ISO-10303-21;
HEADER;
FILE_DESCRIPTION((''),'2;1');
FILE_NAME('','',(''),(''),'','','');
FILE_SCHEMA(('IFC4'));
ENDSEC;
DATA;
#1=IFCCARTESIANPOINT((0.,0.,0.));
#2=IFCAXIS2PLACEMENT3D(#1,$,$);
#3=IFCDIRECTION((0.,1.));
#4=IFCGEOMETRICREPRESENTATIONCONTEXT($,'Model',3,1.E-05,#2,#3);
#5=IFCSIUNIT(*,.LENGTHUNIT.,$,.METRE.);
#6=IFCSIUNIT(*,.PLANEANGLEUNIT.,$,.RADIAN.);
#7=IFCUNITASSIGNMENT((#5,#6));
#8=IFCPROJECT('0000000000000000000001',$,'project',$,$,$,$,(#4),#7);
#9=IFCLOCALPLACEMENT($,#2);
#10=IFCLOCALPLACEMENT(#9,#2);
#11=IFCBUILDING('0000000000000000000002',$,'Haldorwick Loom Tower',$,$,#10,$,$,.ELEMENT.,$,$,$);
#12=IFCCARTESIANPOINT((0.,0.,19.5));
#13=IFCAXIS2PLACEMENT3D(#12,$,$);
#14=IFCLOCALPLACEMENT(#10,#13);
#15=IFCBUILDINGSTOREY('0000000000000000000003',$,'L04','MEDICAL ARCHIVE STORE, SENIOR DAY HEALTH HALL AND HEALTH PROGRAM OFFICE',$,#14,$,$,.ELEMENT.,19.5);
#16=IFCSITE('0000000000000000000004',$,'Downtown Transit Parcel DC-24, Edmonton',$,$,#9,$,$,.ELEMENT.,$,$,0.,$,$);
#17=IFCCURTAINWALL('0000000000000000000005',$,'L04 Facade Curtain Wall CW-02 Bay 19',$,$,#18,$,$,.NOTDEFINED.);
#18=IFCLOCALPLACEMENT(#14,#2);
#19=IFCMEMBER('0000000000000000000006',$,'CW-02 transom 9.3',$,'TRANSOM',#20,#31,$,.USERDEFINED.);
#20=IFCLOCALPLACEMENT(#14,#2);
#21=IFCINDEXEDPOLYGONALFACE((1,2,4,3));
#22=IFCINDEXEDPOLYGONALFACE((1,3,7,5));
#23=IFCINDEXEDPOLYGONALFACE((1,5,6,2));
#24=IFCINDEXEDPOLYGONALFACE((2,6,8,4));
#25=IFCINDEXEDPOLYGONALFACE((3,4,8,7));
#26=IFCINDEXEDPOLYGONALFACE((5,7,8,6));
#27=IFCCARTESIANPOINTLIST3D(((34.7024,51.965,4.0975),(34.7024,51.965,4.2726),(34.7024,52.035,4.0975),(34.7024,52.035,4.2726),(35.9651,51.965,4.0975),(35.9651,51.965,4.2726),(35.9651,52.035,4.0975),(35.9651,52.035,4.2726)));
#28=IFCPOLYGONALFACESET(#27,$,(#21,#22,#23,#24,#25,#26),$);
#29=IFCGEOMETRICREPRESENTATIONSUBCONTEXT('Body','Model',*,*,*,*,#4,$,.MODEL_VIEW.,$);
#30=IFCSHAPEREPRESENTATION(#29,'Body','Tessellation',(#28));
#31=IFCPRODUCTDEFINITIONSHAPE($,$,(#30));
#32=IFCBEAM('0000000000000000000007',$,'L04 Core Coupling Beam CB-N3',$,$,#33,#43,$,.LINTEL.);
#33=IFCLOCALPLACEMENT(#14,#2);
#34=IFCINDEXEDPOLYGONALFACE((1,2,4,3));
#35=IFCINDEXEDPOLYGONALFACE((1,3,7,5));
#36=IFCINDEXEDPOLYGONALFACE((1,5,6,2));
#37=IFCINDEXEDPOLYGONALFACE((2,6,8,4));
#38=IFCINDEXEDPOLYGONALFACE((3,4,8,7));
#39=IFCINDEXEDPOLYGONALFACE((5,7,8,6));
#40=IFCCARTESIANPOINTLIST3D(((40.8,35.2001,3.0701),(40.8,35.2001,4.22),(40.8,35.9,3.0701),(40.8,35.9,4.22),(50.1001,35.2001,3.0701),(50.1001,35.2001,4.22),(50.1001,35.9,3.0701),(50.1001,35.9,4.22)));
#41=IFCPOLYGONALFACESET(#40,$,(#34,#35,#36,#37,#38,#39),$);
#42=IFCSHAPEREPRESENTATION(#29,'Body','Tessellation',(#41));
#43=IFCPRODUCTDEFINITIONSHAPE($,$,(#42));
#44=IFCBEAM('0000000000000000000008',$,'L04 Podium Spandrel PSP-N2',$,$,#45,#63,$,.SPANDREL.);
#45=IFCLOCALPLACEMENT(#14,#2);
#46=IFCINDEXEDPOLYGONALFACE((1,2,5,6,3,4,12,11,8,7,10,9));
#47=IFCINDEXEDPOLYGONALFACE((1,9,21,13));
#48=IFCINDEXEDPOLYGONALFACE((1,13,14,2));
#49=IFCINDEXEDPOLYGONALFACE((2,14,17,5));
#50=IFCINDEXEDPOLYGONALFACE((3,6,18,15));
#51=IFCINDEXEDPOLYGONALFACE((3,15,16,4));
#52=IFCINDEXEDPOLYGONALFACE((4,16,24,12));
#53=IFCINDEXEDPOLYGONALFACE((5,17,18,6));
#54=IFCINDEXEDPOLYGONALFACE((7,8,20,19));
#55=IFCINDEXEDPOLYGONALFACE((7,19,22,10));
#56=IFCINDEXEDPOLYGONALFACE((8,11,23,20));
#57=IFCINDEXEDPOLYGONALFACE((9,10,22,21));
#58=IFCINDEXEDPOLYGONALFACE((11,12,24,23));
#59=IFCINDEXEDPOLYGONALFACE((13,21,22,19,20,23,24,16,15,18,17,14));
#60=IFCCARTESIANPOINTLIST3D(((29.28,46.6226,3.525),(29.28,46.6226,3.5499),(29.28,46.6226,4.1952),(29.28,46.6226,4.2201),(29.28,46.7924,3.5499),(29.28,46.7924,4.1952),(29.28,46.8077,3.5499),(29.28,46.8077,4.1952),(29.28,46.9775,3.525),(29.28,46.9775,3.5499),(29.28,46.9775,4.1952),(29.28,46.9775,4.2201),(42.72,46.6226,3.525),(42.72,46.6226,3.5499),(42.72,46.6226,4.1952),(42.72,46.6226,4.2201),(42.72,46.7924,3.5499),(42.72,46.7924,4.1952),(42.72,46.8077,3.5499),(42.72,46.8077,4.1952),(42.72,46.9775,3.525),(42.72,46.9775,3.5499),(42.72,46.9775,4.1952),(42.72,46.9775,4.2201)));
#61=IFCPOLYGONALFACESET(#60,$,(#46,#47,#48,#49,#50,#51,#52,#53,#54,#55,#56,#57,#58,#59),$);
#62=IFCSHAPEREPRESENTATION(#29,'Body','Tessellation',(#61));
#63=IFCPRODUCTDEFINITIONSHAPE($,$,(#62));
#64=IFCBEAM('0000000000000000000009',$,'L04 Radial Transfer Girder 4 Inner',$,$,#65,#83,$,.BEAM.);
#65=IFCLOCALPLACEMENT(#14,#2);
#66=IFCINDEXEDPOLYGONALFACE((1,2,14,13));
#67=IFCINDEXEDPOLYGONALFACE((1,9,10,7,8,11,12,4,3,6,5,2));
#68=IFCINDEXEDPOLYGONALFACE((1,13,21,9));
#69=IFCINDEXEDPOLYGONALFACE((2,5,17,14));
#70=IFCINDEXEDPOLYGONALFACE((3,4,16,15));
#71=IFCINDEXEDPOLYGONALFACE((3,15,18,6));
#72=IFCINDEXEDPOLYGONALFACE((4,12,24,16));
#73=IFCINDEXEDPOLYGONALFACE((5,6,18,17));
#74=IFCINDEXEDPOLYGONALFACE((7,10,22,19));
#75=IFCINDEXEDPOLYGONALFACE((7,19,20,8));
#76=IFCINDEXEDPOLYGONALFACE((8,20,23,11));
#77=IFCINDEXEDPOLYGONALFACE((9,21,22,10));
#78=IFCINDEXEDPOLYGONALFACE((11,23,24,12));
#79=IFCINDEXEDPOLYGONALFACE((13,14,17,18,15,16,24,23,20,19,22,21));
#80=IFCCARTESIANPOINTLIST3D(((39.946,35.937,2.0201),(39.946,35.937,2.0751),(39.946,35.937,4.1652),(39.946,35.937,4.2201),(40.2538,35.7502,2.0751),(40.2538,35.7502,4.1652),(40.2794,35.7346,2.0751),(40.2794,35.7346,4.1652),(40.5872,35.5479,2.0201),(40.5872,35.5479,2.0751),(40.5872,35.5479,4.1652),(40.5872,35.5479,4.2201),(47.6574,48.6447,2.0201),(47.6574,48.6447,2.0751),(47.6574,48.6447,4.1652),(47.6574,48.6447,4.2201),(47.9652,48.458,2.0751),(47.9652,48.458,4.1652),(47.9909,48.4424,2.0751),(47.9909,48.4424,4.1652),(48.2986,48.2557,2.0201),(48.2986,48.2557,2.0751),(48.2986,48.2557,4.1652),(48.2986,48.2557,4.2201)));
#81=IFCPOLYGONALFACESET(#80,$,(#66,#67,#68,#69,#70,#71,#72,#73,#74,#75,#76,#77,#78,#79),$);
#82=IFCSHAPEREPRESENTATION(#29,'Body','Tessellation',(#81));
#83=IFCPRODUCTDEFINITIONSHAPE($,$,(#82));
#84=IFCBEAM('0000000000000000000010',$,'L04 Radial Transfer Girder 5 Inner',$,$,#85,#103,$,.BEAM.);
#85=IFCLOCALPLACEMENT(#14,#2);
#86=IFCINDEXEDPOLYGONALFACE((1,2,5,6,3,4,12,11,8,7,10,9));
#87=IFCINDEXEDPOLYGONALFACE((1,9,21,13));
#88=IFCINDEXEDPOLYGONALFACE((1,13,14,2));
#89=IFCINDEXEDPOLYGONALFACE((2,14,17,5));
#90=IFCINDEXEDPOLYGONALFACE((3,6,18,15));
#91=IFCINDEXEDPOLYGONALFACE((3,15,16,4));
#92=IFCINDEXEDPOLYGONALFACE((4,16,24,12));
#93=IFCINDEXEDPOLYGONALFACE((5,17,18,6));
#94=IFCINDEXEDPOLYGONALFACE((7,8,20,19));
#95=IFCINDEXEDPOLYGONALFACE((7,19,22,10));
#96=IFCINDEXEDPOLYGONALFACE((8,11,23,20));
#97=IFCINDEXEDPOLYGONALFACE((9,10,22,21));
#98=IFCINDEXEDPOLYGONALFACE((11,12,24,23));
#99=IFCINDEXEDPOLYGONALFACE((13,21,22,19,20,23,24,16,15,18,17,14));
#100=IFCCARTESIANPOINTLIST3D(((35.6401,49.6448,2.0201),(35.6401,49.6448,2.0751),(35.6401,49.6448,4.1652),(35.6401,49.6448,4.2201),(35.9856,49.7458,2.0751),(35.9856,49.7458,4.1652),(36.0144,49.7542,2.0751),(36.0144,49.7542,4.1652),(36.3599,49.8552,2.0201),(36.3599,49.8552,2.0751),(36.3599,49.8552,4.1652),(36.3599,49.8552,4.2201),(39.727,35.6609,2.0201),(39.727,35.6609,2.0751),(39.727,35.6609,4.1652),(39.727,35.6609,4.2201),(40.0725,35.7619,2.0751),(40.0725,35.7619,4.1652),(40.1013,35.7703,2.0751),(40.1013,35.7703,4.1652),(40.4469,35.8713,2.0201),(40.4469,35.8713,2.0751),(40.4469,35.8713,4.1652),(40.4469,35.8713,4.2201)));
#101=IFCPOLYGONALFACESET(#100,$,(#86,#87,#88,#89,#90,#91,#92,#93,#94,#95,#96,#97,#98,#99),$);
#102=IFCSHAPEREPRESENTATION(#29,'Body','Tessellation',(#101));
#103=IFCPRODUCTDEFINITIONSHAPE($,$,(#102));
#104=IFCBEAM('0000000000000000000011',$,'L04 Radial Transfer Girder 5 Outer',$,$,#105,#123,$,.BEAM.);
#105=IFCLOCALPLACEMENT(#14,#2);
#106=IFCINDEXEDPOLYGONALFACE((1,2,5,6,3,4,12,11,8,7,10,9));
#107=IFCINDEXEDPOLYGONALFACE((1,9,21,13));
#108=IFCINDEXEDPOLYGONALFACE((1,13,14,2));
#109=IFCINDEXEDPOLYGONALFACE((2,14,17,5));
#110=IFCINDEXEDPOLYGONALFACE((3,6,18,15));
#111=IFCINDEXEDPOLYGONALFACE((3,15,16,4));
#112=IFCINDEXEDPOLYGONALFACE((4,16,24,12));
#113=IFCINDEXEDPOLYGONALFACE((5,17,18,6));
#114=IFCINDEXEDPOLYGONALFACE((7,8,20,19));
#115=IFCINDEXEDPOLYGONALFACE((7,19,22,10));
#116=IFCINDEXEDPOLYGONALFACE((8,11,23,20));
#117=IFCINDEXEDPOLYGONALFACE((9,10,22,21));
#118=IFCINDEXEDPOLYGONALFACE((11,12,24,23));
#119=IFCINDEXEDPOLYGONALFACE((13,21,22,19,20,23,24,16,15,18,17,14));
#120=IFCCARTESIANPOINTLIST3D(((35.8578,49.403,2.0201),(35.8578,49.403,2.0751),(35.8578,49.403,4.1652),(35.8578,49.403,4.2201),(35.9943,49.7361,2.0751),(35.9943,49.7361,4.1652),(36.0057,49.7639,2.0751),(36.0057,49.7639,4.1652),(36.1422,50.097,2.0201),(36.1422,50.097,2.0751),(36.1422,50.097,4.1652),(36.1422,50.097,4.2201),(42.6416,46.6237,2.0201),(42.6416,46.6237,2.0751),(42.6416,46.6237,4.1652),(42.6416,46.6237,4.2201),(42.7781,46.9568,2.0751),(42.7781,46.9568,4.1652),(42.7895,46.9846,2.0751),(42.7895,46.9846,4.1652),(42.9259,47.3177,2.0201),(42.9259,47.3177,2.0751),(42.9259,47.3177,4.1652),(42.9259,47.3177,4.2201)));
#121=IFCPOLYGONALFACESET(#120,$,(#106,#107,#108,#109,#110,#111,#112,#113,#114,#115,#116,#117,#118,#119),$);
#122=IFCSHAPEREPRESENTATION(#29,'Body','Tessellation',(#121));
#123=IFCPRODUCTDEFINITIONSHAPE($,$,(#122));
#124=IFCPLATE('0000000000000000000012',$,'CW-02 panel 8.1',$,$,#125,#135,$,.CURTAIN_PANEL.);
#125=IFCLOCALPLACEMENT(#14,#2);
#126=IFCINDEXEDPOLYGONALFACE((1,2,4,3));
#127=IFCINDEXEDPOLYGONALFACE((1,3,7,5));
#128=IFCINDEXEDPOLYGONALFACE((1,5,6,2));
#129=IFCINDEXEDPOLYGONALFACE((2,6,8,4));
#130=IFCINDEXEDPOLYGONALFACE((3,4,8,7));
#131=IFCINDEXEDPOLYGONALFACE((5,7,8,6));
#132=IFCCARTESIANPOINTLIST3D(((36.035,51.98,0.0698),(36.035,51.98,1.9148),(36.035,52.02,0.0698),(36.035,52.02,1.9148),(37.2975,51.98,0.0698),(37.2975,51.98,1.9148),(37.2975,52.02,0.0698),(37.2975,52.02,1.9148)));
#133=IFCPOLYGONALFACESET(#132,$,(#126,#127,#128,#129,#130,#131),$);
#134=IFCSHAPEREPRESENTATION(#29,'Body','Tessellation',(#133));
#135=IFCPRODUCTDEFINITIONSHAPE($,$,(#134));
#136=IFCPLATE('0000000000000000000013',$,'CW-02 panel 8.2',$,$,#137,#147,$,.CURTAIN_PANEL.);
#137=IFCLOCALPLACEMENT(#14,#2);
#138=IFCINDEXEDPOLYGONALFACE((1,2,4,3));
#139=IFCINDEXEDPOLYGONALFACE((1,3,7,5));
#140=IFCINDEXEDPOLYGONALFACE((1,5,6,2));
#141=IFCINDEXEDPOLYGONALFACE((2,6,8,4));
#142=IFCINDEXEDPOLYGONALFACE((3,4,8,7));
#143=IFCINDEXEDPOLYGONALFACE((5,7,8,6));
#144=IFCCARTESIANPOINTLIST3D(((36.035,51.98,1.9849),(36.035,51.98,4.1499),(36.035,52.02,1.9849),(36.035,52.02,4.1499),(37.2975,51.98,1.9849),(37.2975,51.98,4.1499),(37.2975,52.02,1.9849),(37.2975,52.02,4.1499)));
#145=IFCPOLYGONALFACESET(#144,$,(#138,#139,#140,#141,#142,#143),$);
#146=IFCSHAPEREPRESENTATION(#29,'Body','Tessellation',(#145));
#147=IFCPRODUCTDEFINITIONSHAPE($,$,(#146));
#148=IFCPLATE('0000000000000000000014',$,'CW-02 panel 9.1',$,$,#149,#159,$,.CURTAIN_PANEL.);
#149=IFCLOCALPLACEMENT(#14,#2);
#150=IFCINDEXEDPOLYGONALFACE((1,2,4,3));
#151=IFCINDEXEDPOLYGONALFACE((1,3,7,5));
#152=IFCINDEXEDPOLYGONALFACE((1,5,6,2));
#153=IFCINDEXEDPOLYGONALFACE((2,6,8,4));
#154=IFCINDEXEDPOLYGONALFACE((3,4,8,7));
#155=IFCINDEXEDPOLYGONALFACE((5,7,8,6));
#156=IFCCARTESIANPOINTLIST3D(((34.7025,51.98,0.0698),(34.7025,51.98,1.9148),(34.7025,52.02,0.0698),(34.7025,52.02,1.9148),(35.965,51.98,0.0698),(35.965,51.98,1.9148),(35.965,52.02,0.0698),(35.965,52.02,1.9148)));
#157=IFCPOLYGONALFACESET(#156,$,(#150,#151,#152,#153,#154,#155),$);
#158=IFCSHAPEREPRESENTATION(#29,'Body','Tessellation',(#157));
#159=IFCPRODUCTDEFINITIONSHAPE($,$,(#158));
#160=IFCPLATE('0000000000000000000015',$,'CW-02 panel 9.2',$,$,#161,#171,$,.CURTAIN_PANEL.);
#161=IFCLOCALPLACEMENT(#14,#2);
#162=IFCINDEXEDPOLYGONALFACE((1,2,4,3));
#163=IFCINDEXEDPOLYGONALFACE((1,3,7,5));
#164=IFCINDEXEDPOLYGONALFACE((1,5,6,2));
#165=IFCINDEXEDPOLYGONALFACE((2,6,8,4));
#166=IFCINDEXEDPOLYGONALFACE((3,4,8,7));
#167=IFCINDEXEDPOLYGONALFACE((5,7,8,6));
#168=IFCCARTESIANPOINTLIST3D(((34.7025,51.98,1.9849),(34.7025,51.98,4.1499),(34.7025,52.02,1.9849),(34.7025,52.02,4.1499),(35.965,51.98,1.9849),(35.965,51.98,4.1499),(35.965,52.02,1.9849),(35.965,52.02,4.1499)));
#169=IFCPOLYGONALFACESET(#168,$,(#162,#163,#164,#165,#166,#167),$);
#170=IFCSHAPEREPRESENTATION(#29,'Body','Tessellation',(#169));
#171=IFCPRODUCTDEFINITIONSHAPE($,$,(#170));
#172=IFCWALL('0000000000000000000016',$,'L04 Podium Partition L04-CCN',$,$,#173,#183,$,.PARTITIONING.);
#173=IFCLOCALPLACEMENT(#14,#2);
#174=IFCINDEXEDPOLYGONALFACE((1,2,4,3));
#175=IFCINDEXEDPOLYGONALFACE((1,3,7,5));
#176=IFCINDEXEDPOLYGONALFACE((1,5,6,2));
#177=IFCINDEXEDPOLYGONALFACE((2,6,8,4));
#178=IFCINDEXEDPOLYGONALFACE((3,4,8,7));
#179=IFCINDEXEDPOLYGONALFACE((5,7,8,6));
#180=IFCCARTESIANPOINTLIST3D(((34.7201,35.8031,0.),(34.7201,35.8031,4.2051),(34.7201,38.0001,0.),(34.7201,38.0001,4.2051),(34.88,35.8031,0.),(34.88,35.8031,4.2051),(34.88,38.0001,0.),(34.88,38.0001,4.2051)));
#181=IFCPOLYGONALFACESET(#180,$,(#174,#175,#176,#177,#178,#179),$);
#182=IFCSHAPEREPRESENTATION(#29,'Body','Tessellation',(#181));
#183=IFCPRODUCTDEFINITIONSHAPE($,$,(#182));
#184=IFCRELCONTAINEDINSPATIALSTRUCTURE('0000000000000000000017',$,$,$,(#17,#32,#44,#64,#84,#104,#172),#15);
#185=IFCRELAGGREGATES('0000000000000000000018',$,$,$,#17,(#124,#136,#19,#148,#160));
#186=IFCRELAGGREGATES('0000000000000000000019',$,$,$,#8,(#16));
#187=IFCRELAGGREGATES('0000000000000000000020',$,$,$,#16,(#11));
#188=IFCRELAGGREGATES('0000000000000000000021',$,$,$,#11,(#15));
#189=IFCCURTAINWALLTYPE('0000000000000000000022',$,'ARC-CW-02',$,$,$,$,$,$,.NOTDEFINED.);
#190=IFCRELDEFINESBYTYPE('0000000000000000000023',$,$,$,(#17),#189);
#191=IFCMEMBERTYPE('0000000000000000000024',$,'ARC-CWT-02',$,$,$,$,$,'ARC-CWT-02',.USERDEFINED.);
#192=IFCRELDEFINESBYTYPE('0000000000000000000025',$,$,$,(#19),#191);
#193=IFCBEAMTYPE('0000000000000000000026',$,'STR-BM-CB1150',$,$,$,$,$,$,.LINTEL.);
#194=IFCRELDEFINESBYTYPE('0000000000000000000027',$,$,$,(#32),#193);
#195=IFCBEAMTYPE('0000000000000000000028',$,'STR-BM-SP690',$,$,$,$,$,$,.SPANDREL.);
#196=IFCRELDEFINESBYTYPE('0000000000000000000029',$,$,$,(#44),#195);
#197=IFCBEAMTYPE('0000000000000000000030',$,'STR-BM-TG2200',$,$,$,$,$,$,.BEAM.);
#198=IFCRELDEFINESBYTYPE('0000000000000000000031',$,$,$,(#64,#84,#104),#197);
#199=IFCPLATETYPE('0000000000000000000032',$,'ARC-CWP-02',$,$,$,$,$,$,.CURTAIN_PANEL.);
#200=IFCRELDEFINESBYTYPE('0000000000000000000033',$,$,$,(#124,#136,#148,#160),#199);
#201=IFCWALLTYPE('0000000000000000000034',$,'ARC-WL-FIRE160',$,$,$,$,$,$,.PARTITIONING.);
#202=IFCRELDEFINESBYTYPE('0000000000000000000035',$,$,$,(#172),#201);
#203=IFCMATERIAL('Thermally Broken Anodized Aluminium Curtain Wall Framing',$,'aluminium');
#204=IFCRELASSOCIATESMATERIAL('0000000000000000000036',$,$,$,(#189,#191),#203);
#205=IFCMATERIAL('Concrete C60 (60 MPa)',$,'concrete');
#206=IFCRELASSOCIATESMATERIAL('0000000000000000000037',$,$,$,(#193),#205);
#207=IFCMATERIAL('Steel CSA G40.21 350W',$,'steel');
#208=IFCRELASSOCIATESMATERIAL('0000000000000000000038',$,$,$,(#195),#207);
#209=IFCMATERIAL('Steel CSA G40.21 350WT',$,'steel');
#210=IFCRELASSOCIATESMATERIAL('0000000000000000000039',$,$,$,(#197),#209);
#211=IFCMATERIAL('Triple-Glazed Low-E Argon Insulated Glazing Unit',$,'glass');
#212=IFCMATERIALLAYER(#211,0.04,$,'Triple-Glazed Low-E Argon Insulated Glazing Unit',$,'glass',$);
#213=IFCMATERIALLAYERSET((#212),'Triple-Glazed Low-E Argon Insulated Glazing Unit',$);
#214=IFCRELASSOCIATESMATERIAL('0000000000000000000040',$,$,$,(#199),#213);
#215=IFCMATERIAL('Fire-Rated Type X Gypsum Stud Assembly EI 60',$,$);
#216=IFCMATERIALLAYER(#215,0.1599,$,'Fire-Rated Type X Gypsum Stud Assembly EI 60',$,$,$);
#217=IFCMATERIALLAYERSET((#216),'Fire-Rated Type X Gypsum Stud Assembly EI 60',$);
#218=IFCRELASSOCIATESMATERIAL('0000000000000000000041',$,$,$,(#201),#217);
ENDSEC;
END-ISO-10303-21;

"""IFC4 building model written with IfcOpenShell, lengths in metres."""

from ifc_helpers import new_model, si_unit, direction, frame, frame_2d, origin, origin_2d, place, context, subcontext, project, spatial, rectangle, i_section, extrude, material, layer, layer_set, material_profile, profile_set, type_object, element, aggregate, save


model = new_model("IFC4")

# Units and contexts
model_context = context("Model", 3, precision=1e-05, world=origin(), true_north=direction((0.0, 1.0)))
body_context = subcontext(model_context, "Body", "Model", "MODEL_VIEW")
ifc_project = project(units=[si_unit("LENGTHUNIT", "METRE"), si_unit("PLANEANGLEUNIT", "RADIAN")], contexts=[model_context])

# Site, building, storey
site_placement = place(None, origin())
site = spatial("IfcSite", under=ifc_project, at=site_placement, Name="Downtown Transit Parcel DC-24, Edmonton", CompositionType="ELEMENT", RefElevation=0.0)
building_placement = place(site_placement, origin())
building = spatial("IfcBuilding", under=site, at=building_placement, Name="Haldorwick Loom Tower", CompositionType="ELEMENT")
storey_placement = place(building_placement, frame((0.0, 0.0, 19.5)))
storey = spatial("IfcBuildingStorey", under=building, at=storey_placement, Name="L04", Description="MEDICAL ARCHIVE STORE, SENIOR DAY HEALTH HALL AND HEALTH PROGRAM OFFICE", CompositionType="ELEMENT", Elevation=19.5)

# Shared definitions
ifc_material_1 = material(Name="Steel CSA G40.21 350WT", Category="steel")

# Curtain wall, member
ifc_material_2 = material(Name="Thermally Broken Anodized Aluminium Curtain Wall Framing", Category="aluminium")
curtain_wall_type = type_object("IfcCurtainWallType", Name="ARC-CW-02", PredefinedType="NOTDEFINED", material=ifc_material_2)
curtain_wall_placement = place(storey_placement, origin())
curtain_wall = element("IfcCurtainWall", 1, at=curtain_wall_placement, inside=storey, type_object=curtain_wall_type, Name="L04 Facade Curtain Wall CW-02 Bay 19", PredefinedType="NOTDEFINED")
ifc_material_profile_1 = material_profile(ifc_material_2, rectangle(XDim=0.0701, YDim=0.175, at=origin_2d()), Name="ALU_TRN_70X175", Category="aluminium")
ifc_profile_set_1 = profile_set([ifc_material_profile_1], Name="Thermally Broken Anodized Aluminium Curtain Wall Framing")
member_type_1 = type_object("IfcMemberType", Name="ARC-CWT-02", ElementType="ARC-CWT-02", PredefinedType="USERDEFINED", material=ifc_profile_set_1)
member_1_placement = place(storey_placement, frame((35.9651, 52.0, 4.1851), z_axis=(-1.0, 0.0, 0.0), x_axis=(0.0, -1.0, 0.0)))
member_1 = element("IfcMember", 2, at=member_1_placement, type_object=member_type_1, Name="CW-02 transom 9.3", ObjectType="TRANSOM", PredefinedType="USERDEFINED", context=body_context, shape_type="SweptSolid", body=[
    extrude(rectangle(XDim=0.0701, YDim=0.175, at=origin_2d()), origin(), (0.0, 0.0, 1.0), 1.2627),
])

# Beams
ifc_material_3 = material(Name="Concrete C60 (60 MPa)", Category="concrete")
ifc_material_profile_2 = material_profile(ifc_material_3, rectangle(XDim=0.7, YDim=1.1499, at=origin_2d()), Name="RC700X1150", Category="concrete")
ifc_profile_set_2 = profile_set([ifc_material_profile_2], Name="Concrete C60 (60 MPa)")
beam_type_1 = type_object("IfcBeamType", Name="STR-BM-CB1150", PredefinedType="LINTEL", material=ifc_profile_set_2)
beam_1_placement = place(storey_placement, frame((40.8, 35.55, 3.645), z_axis=(1.0, 0.0, 0.0), x_axis=(0.0, 1.0, 0.0)))
element("IfcBeam", 3, at=beam_1_placement, inside=storey, type_object=beam_type_1, Name="L04 Core Coupling Beam CB-N3", PredefinedType="LINTEL", context=body_context, shape_type="SweptSolid", body=[
    extrude(rectangle(XDim=0.7, YDim=1.1499, at=origin_2d()), origin(), (0.0, 0.0, 1.0), 9.3),
])
ifc_material_4 = material(Name="Steel CSA G40.21 350W", Category="steel")
ifc_material_profile_3 = material_profile(ifc_material_4, i_section(OverallWidth=0.355, OverallDepth=0.6951, WebThickness=0.0154, FlangeThickness=0.0249, at=origin_2d()), Name="W690X217", Category="steel")
ifc_profile_set_3 = profile_set([ifc_material_profile_3], Name="Steel CSA G40.21 350W")
beam_type_2 = type_object("IfcBeamType", Name="STR-BM-SP690", PredefinedType="SPANDREL", material=ifc_profile_set_3)
beam_2_placement = place(storey_placement, frame((42.72, 46.8, 3.8726), z_axis=(-1.0, 0.0, 0.0), x_axis=(0.0, -1.0, 0.0)))
element("IfcBeam", 4, at=beam_2_placement, inside=storey, type_object=beam_type_2, Name="L04 Podium Spandrel PSP-N2", PredefinedType="SPANDREL", context=body_context, shape_type="SweptSolid", body=[
    extrude(i_section(OverallWidth=0.355, OverallDepth=0.6951, WebThickness=0.0154, FlangeThickness=0.0249, at=origin_2d()), origin(), (0.0, 0.0, 1.0), 13.4399),
])
ifc_material_profile_4 = material_profile(ifc_material_1, i_section(OverallWidth=0.75, OverallDepth=2.2, WebThickness=0.03, FlangeThickness=0.0549, at=origin_2d()), Name="WWF2200X750", Category="steel")
ifc_profile_set_4 = profile_set([ifc_material_profile_4], Name="Steel CSA G40.21 350WT")
beam_type_3 = type_object("IfcBeamType", Name="STR-BM-TG2200", PredefinedType="BEAM", material=ifc_profile_set_4)
beam_3_placement = place(storey_placement, frame((40.2666, 35.7424, 3.1201), z_axis=(0.518781, 0.854907, 0.0), x_axis=(-0.854907, 0.518781, 0.0)))
element("IfcBeam", 5, at=beam_3_placement, inside=storey, type_object=beam_type_3, Name="L04 Radial Transfer Girder 4 Inner", PredefinedType="BEAM", context=body_context, shape_type="SweptSolid", body=[
    extrude(i_section(OverallWidth=0.75, OverallDepth=2.2, WebThickness=0.03, FlangeThickness=0.0549, at=origin_2d()), origin(), (0.0, 0.0, 1.0), 14.8645),
])
beam_4_placement = place(storey_placement, frame((40.0869, 35.7661, 3.1201), z_axis=(-0.280524, 0.959847, 0.0), x_axis=(-0.959847, -0.280524, 0.0)))
element("IfcBeam", 6, at=beam_4_placement, inside=storey, type_object=beam_type_3, Name="L04 Radial Transfer Girder 5 Inner", PredefinedType="BEAM", context=body_context, shape_type="SweptSolid", body=[
    extrude(i_section(OverallWidth=0.75, OverallDepth=2.2, WebThickness=0.03, FlangeThickness=0.0549, at=origin_2d()), origin(), (0.0, 0.0, 1.0), 14.5688),
])
beam_5_placement = place(storey_placement, frame((36.0, 49.75, 3.1201), z_axis=(0.925348, -0.379118, 0.0), x_axis=(0.379118, 0.925348, 0.0)))
element("IfcBeam", 7, at=beam_5_placement, inside=storey, type_object=beam_type_3, Name="L04 Radial Transfer Girder 5 Outer", PredefinedType="BEAM", context=body_context, shape_type="SweptSolid", body=[
    extrude(i_section(OverallWidth=0.75, OverallDepth=2.2, WebThickness=0.03, FlangeThickness=0.0549, at=origin_2d()), origin(), (0.0, 0.0, 1.0), 7.3311),
])

# Plates
ifc_material_5 = material(Name="Triple-Glazed Low-E Argon Insulated Glazing Unit", Category="glass")
ifc_layer_1 = layer(ifc_material_5, 0.04, Name="Triple-Glazed Low-E Argon Insulated Glazing Unit", Category="glass")
ifc_layer_set_1 = layer_set([ifc_layer_1], Name="Triple-Glazed Low-E Argon Insulated Glazing Unit")
plate_type = type_object("IfcPlateType", Name="ARC-CWP-02", PredefinedType="CURTAIN_PANEL", material=ifc_layer_set_1)
plate_1_placement = place(storey_placement, frame((36.6663, 52.0, 0.0698), z_axis=(0.0, 0.0, 1.0), x_axis=(-1.0, 0.0, 0.0)))
plate_1 = element("IfcPlate", 8, at=plate_1_placement, type_object=plate_type, Name="CW-02 panel 8.1", PredefinedType="CURTAIN_PANEL", context=body_context, shape_type="SweptSolid", body=[
    extrude(rectangle(XDim=1.2625, YDim=0.04, at=origin_2d()), origin(), (0.0, 0.0, 1.0), 1.845),
])
plate_2_placement = place(storey_placement, frame((36.6663, 52.0, 1.9849), z_axis=(0.0, 0.0, 1.0), x_axis=(-1.0, 0.0, 0.0)))
plate_2 = element("IfcPlate", 9, at=plate_2_placement, type_object=plate_type, Name="CW-02 panel 8.2", PredefinedType="CURTAIN_PANEL", context=body_context, shape_type="SweptSolid", body=[
    extrude(rectangle(XDim=1.2625, YDim=0.04, at=origin_2d()), origin(), (0.0, 0.0, 1.0), 2.165),
])
plate_3_placement = place(storey_placement, frame((35.3337, 52.0, 0.0698), z_axis=(0.0, 0.0, 1.0), x_axis=(-1.0, 0.0, 0.0)))
plate_3 = element("IfcPlate", 10, at=plate_3_placement, type_object=plate_type, Name="CW-02 panel 9.1", PredefinedType="CURTAIN_PANEL", context=body_context, shape_type="SweptSolid", body=[
    extrude(rectangle(XDim=1.2625, YDim=0.04, at=origin_2d()), origin(), (0.0, 0.0, 1.0), 1.845),
])
plate_4_placement = place(storey_placement, frame((35.3337, 52.0, 1.9849), z_axis=(0.0, 0.0, 1.0), x_axis=(-1.0, 0.0, 0.0)))
plate_4 = element("IfcPlate", 11, at=plate_4_placement, type_object=plate_type, Name="CW-02 panel 9.2", PredefinedType="CURTAIN_PANEL", context=body_context, shape_type="SweptSolid", body=[
    extrude(rectangle(XDim=1.2625, YDim=0.04, at=origin_2d()), origin(), (0.0, 0.0, 1.0), 2.165),
])
aggregate(curtain_wall, [plate_1, plate_2, member_1, plate_3, plate_4])

# Wall
ifc_material_6 = material(Name="Fire-Rated Type X Gypsum Stud Assembly EI 60")
ifc_layer_2 = layer(ifc_material_6, 0.1599, Name="Fire-Rated Type X Gypsum Stud Assembly EI 60")
ifc_layer_set_2 = layer_set([ifc_layer_2], Name="Fire-Rated Type X Gypsum Stud Assembly EI 60")
wall_type_1 = type_object("IfcWallType", Name="ARC-WL-FIRE160", PredefinedType="PARTITIONING", material=ifc_layer_set_2)
wall_1_placement = place(storey_placement, frame((34.8, 35.803, 0.0), z_axis=(0.0, 0.0, 1.0), x_axis=(0.0, 1.0, 0.0)))
element("IfcWall", 12, at=wall_1_placement, inside=storey, type_object=wall_type_1, Name="L04 Podium Partition L04-CCN", PredefinedType="PARTITIONING", context=body_context, shape_type="SweptSolid", body=[
    extrude(rectangle(XDim=2.197, YDim=0.1599, at=frame_2d((1.0986, 0.0))), origin(), (0.0, 0.0, 1.0), 4.2051),
])

save(model, "model.ifc")
